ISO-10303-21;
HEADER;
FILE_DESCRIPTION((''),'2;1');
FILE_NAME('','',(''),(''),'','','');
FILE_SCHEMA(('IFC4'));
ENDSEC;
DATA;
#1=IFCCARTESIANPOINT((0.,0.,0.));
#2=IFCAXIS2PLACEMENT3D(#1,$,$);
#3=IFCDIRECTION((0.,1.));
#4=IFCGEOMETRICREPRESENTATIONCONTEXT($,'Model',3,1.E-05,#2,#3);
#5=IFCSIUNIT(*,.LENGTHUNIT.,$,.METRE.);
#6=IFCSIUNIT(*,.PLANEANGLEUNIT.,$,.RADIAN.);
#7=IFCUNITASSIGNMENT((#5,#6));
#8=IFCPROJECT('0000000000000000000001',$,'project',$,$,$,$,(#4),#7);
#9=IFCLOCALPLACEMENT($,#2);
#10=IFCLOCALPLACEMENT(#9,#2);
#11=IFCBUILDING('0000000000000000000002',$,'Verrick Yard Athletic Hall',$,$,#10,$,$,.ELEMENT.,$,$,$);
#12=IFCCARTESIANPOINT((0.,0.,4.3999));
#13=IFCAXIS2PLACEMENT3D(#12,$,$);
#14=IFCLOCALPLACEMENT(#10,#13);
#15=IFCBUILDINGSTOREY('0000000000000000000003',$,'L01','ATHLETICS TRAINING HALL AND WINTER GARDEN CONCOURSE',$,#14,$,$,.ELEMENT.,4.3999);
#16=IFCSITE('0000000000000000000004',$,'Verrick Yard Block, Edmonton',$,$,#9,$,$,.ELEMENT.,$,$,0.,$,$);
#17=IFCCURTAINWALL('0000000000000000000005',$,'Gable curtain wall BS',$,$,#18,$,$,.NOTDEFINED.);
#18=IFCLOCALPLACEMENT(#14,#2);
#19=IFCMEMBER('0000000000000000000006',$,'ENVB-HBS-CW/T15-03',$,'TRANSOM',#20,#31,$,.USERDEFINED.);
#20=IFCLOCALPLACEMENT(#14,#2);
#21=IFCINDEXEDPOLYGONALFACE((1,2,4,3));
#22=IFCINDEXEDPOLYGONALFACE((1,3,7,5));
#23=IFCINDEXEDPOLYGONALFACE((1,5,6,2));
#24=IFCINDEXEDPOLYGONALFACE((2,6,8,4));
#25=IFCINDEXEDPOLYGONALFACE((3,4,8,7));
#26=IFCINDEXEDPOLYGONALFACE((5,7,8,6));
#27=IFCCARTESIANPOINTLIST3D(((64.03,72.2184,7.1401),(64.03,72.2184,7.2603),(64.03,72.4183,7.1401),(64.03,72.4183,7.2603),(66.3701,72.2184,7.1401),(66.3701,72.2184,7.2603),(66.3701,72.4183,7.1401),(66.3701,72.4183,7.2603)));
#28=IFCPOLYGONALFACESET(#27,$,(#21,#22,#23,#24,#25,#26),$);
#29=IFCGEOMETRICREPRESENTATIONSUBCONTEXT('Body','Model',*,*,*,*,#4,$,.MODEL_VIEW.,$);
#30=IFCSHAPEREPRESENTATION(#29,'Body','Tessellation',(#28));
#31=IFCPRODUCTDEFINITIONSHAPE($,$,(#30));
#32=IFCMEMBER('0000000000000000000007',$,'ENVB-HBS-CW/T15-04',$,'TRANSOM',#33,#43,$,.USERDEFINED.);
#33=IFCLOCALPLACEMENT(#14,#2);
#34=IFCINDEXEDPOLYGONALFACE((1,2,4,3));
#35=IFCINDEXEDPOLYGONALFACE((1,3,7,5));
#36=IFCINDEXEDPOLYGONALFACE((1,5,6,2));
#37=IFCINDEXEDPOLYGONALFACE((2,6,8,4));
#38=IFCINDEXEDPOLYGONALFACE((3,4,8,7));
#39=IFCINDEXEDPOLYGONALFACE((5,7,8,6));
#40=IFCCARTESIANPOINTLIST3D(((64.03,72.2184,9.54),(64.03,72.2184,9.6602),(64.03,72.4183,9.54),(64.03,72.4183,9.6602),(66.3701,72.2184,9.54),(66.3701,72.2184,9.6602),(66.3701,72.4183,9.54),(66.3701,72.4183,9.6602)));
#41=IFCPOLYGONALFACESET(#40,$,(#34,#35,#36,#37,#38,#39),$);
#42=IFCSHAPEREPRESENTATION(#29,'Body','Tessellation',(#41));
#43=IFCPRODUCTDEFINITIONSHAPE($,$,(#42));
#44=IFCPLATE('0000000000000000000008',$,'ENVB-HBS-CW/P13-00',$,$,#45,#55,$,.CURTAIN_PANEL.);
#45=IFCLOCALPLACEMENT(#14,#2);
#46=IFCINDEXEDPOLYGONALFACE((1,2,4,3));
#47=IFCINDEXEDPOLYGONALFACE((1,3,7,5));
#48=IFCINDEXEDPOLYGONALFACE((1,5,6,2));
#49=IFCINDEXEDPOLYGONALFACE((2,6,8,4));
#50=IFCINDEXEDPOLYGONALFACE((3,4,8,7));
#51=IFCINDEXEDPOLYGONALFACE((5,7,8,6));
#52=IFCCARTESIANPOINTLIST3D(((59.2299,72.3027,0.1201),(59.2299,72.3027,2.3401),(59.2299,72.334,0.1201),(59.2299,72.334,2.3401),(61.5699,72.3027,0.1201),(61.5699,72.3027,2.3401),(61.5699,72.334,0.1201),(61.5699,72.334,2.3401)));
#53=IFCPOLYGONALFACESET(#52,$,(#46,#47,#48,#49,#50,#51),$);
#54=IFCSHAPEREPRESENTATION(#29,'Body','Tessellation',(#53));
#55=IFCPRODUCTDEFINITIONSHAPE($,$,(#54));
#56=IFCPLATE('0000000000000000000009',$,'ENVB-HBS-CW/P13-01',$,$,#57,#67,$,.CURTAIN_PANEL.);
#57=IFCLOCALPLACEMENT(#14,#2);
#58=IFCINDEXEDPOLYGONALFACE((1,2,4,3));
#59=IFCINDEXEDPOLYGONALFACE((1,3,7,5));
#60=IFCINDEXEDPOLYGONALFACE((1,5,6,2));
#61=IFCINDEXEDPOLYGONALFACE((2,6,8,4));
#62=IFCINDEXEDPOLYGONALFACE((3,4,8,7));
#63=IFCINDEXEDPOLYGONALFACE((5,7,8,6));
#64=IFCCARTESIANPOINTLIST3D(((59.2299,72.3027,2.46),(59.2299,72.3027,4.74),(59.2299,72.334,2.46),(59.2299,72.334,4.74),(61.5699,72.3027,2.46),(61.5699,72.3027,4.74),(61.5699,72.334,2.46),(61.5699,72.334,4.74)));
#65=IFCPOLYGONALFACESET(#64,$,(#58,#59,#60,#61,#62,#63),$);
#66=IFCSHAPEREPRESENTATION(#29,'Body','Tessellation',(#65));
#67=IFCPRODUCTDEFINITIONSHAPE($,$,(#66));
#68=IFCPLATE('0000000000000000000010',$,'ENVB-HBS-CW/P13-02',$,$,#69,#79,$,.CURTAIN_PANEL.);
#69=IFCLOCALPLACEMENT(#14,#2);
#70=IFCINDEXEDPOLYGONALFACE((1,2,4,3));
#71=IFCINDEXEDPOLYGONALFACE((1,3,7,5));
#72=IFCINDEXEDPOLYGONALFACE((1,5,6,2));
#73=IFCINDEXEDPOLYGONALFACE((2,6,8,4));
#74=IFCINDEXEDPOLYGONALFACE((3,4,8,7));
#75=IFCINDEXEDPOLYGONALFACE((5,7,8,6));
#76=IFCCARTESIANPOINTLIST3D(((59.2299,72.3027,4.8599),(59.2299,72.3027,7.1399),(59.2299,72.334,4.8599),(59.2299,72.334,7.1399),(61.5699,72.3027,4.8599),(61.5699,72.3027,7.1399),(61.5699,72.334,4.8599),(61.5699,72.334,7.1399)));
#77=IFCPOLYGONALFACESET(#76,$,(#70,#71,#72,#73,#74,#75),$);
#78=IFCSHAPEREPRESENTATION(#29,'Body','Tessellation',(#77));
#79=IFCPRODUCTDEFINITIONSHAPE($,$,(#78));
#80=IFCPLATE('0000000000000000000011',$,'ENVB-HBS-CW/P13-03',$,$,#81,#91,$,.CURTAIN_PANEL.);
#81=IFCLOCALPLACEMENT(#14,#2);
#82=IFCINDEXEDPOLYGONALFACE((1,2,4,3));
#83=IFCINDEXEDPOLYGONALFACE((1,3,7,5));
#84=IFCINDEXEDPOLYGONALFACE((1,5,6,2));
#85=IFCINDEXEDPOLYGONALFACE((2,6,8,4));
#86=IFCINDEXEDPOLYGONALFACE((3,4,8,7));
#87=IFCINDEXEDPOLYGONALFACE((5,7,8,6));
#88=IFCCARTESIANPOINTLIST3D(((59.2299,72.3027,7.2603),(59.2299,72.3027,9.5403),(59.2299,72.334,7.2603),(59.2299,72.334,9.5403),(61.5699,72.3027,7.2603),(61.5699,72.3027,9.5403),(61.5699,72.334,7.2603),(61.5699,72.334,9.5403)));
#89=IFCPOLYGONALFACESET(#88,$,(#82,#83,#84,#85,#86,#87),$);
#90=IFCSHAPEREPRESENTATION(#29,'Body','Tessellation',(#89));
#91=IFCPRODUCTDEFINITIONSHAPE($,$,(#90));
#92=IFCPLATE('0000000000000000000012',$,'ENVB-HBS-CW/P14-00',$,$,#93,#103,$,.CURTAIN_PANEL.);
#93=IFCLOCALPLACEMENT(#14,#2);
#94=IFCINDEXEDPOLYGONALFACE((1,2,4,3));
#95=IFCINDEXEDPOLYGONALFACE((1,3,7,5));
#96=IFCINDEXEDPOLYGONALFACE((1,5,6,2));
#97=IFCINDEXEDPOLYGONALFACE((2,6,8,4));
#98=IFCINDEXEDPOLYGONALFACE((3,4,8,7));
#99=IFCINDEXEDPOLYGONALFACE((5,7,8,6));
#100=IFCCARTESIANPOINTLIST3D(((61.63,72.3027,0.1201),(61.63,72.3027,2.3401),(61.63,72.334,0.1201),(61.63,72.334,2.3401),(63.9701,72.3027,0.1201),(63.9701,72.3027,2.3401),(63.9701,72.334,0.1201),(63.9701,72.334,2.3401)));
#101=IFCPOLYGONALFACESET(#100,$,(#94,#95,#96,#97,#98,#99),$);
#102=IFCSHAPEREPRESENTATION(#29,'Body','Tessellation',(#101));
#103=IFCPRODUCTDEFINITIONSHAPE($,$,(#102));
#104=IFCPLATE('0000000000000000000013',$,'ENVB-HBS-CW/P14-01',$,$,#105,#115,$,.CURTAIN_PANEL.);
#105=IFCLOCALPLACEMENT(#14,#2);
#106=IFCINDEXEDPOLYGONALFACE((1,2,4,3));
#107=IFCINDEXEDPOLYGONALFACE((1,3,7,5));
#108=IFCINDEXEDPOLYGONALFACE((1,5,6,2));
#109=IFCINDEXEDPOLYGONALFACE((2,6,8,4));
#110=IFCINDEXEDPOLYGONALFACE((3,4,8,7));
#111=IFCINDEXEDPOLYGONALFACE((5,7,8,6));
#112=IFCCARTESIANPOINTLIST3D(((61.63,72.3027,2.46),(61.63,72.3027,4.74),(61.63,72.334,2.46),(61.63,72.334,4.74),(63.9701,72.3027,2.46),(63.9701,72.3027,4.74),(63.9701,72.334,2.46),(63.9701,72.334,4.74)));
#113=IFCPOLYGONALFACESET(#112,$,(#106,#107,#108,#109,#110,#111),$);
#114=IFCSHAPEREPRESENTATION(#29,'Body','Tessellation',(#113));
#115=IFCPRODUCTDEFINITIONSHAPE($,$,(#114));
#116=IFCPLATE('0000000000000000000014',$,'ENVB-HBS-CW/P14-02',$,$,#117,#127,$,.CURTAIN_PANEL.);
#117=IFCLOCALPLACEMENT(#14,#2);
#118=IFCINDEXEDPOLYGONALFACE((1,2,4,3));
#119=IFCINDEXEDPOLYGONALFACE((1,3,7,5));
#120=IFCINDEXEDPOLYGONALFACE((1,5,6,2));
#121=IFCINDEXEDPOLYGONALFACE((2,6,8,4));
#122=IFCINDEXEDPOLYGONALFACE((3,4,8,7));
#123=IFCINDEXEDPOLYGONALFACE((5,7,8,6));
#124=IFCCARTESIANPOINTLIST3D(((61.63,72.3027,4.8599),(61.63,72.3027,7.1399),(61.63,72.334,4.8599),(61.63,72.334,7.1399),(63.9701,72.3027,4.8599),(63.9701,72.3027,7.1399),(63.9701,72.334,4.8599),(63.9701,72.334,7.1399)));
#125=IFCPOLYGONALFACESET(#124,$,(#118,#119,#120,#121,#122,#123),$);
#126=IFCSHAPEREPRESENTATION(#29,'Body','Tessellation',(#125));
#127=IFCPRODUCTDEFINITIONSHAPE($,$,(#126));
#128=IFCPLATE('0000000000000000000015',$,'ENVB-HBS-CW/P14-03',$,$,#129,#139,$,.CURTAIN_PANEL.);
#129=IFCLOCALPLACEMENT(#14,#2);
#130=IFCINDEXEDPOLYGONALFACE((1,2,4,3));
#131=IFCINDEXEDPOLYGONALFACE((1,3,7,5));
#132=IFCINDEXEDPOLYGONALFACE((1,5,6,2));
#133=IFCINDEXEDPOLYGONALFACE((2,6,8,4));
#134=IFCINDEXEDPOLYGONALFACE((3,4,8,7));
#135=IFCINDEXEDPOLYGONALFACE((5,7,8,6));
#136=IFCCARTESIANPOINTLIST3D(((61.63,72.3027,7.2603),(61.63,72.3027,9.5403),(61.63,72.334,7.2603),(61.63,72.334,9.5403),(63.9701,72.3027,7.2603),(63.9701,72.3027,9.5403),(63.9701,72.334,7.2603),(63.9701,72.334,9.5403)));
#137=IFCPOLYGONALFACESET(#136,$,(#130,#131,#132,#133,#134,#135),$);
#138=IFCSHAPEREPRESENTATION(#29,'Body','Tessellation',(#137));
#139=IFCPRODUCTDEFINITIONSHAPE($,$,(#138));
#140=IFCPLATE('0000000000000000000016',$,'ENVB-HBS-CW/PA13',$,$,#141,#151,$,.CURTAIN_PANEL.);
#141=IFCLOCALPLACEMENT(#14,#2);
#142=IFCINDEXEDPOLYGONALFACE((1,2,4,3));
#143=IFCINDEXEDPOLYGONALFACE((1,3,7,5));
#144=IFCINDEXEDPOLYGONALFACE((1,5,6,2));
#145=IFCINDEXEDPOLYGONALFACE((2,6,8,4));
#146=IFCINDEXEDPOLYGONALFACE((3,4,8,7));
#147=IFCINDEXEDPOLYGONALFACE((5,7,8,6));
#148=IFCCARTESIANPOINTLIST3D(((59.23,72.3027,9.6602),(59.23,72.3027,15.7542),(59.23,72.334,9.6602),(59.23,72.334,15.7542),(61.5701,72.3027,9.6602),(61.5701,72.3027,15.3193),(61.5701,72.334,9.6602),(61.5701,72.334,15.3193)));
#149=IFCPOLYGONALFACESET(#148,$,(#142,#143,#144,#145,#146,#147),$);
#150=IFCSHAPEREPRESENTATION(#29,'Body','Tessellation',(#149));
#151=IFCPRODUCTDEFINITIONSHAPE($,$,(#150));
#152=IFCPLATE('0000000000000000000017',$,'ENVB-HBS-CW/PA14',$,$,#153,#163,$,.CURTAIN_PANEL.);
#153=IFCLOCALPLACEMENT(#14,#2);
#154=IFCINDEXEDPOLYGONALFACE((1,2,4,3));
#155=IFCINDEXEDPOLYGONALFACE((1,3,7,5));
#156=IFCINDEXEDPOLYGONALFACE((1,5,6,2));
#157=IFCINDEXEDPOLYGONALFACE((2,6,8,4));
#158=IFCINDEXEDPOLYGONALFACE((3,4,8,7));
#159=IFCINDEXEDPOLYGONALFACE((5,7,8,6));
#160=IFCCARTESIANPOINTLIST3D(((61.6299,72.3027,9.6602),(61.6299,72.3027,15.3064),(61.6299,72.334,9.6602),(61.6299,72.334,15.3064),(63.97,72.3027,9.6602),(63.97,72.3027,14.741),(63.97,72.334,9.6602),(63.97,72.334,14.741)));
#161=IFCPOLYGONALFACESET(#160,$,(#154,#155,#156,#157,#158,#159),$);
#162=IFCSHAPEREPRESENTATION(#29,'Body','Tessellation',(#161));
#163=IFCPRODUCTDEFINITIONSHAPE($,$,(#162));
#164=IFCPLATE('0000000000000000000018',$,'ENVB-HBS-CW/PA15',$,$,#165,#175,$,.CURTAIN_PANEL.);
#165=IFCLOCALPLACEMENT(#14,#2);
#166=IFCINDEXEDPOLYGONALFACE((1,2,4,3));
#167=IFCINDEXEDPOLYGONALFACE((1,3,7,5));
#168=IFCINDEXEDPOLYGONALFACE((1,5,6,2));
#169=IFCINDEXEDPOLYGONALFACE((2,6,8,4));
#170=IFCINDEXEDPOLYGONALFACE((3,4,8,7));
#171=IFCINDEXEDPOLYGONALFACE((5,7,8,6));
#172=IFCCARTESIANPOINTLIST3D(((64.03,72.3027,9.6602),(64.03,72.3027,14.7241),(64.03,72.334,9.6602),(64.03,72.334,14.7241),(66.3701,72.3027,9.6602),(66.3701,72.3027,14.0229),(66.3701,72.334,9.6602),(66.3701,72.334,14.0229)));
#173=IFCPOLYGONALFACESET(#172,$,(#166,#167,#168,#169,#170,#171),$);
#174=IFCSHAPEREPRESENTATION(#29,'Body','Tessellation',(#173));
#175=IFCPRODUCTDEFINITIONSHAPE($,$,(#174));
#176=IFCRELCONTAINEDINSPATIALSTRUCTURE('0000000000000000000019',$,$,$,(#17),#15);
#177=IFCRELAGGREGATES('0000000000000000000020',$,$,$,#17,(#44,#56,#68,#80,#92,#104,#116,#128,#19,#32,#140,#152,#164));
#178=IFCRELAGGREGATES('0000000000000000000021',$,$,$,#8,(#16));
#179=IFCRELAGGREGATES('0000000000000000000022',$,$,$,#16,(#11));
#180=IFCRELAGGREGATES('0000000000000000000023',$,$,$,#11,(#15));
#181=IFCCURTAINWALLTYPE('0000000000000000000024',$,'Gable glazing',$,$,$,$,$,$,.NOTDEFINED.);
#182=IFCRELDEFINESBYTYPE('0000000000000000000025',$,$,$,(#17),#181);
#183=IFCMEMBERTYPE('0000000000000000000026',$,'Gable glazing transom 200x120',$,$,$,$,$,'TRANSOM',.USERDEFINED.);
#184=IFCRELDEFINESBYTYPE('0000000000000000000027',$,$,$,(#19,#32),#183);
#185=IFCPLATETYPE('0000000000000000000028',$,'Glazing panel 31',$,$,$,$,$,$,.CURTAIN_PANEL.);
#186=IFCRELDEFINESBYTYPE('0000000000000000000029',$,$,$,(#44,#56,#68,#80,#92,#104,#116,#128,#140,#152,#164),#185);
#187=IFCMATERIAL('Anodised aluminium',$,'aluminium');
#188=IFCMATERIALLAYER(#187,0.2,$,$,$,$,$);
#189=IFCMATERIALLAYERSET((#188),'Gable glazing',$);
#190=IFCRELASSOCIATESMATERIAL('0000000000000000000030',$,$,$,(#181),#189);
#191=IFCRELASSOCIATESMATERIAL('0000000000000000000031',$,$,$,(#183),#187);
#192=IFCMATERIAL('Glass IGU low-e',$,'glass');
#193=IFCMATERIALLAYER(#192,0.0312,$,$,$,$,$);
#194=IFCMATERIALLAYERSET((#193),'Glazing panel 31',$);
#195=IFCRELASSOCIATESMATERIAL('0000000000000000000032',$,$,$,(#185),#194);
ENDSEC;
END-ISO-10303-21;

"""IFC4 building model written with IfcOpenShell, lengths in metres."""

from ifc_helpers import new_model, si_unit, direction, frame, origin, origin_2d, place, context, subcontext, project, spatial, polyline, rectangle, outline, extrude, material, layer, layer_set, material_profile, profile_set, type_object, element, aggregate, save


model = new_model("IFC4")

# Units and contexts
model_context = context("Model", 3, precision=1e-05, world=origin(), true_north=direction((0.0, 1.0)))
body_context = subcontext(model_context, "Body", "Model", "MODEL_VIEW")
ifc_project = project(units=[si_unit("LENGTHUNIT", "METRE"), si_unit("PLANEANGLEUNIT", "RADIAN")], contexts=[model_context])

# Site, building, storey
site_placement = place(None, origin())
site = spatial("IfcSite", under=ifc_project, at=site_placement, Name="Verrick Yard Block, Edmonton", CompositionType="ELEMENT", RefElevation=0.0)
building_placement = place(site_placement, origin())
building = spatial("IfcBuilding", under=site, at=building_placement, Name="Verrick Yard Athletic Hall", CompositionType="ELEMENT")
storey_placement = place(building_placement, frame((0.0, 0.0, 4.3999)))
storey = spatial("IfcBuildingStorey", under=building, at=storey_placement, Name="L01", Description="ATHLETICS TRAINING HALL AND WINTER GARDEN CONCOURSE", CompositionType="ELEMENT", Elevation=4.3999)

# Curtain wall, members, plates
ifc_material_1 = material(Name="Anodised aluminium", Category="aluminium")
ifc_layer_1 = layer(ifc_material_1, 0.2)
ifc_layer_set_1 = layer_set([ifc_layer_1], Name="Gable glazing")
curtain_wall_type = type_object("IfcCurtainWallType", Name="Gable glazing", PredefinedType="NOTDEFINED", material=ifc_layer_set_1)
curtain_wall_placement = place(storey_placement, origin())
curtain_wall = element("IfcCurtainWall", 1, at=curtain_wall_placement, inside=storey, type_object=curtain_wall_type, Name="Gable curtain wall BS", PredefinedType="NOTDEFINED")
ifc_material_profile_1 = material_profile(ifc_material_1, rectangle(XDim=0.2, YDim=0.1201, at=origin_2d()), Name="CW gable transom 200x120")
ifc_profile_set_1 = profile_set([ifc_material_profile_1], Name="Anodised aluminium")
member_type_1 = type_object("IfcMemberType", Name="Gable glazing transom 200x120", ElementType="TRANSOM", PredefinedType="USERDEFINED", material=ifc_profile_set_1)
member_1_placement = place(storey_placement, frame((64.03, 72.3184, 7.2002), z_axis=(1.0, 0.0, 0.0), x_axis=(0.0, 1.0, 0.0)))
member_1 = element("IfcMember", 2, at=member_1_placement, type_object=member_type_1, Name="ENVB-HBS-CW/T15-03", ObjectType="TRANSOM", PredefinedType="USERDEFINED", context=body_context, shape_type="SweptSolid", body=[
    extrude(rectangle(XDim=0.2, YDim=0.1201, at=origin_2d()), origin(), (0.0, 0.0, 1.0), 2.3401),
])
member_2_placement = place(storey_placement, frame((64.03, 72.3184, 9.6001), z_axis=(1.0, 0.0, 0.0), x_axis=(0.0, 1.0, 0.0)))
member_2 = element("IfcMember", 3, at=member_2_placement, type_object=member_type_1, Name="ENVB-HBS-CW/T15-04", ObjectType="TRANSOM", PredefinedType="USERDEFINED", context=body_context, shape_type="SweptSolid", body=[
    extrude(rectangle(XDim=0.2, YDim=0.1201, at=origin_2d()), origin(), (0.0, 0.0, 1.0), 2.3401),
])
ifc_material_2 = material(Name="Glass IGU low-e", Category="glass")
ifc_layer_2 = layer(ifc_material_2, 0.0312)
ifc_layer_set_2 = layer_set([ifc_layer_2], Name="Glazing panel 31")
plate_type = type_object("IfcPlateType", Name="Glazing panel 31", PredefinedType="CURTAIN_PANEL", material=ifc_layer_set_2)
plate_1_placement = place(storey_placement, frame((60.3999, 72.3184, 0.1201), z_axis=(0.0, 0.0, 1.0), x_axis=(1.0, 0.0, 0.0)))
plate_1 = element("IfcPlate", 4, at=plate_1_placement, type_object=plate_type, Name="ENVB-HBS-CW/P13-00", PredefinedType="CURTAIN_PANEL", context=body_context, shape_type="SweptSolid", body=[
    extrude(rectangle(XDim=2.3401, YDim=0.0312, at=origin_2d()), origin(), (0.0, 0.0, 1.0), 2.22),
])
plate_2_placement = place(storey_placement, frame((60.3999, 72.3184, 2.46), z_axis=(0.0, 0.0, 1.0), x_axis=(1.0, 0.0, 0.0)))
plate_2 = element("IfcPlate", 5, at=plate_2_placement, type_object=plate_type, Name="ENVB-HBS-CW/P13-01", PredefinedType="CURTAIN_PANEL", context=body_context, shape_type="SweptSolid", body=[
    extrude(rectangle(XDim=2.3401, YDim=0.0312, at=origin_2d()), origin(), (0.0, 0.0, 1.0), 2.28),
])
plate_3_placement = place(storey_placement, frame((60.3999, 72.3184, 4.8599), z_axis=(0.0, 0.0, 1.0), x_axis=(1.0, 0.0, 0.0)))
plate_3 = element("IfcPlate", 6, at=plate_3_placement, type_object=plate_type, Name="ENVB-HBS-CW/P13-02", PredefinedType="CURTAIN_PANEL", context=body_context, shape_type="SweptSolid", body=[
    extrude(rectangle(XDim=2.3401, YDim=0.0312, at=origin_2d()), origin(), (0.0, 0.0, 1.0), 2.28),
])
plate_4_placement = place(storey_placement, frame((60.3999, 72.3184, 7.2603), z_axis=(0.0, 0.0, 1.0), x_axis=(1.0, 0.0, 0.0)))
plate_4 = element("IfcPlate", 7, at=plate_4_placement, type_object=plate_type, Name="ENVB-HBS-CW/P13-03", PredefinedType="CURTAIN_PANEL", context=body_context, shape_type="SweptSolid", body=[
    extrude(rectangle(XDim=2.3401, YDim=0.0312, at=origin_2d()), origin(), (0.0, 0.0, 1.0), 2.28),
])
plate_5_placement = place(storey_placement, frame((62.8, 72.3184, 0.1201), z_axis=(0.0, 0.0, 1.0), x_axis=(1.0, 0.0, 0.0)))
plate_5 = element("IfcPlate", 8, at=plate_5_placement, type_object=plate_type, Name="ENVB-HBS-CW/P14-00", PredefinedType="CURTAIN_PANEL", context=body_context, shape_type="SweptSolid", body=[
    extrude(rectangle(XDim=2.3401, YDim=0.0312, at=origin_2d()), origin(), (0.0, 0.0, 1.0), 2.22),
])
plate_6_placement = place(storey_placement, frame((62.8, 72.3184, 2.46), z_axis=(0.0, 0.0, 1.0), x_axis=(1.0, 0.0, 0.0)))
plate_6 = element("IfcPlate", 9, at=plate_6_placement, type_object=plate_type, Name="ENVB-HBS-CW/P14-01", PredefinedType="CURTAIN_PANEL", context=body_context, shape_type="SweptSolid", body=[
    extrude(rectangle(XDim=2.3401, YDim=0.0312, at=origin_2d()), origin(), (0.0, 0.0, 1.0), 2.28),
])
plate_7_placement = place(storey_placement, frame((62.8, 72.3184, 4.8599), z_axis=(0.0, 0.0, 1.0), x_axis=(1.0, 0.0, 0.0)))
plate_7 = element("IfcPlate", 10, at=plate_7_placement, type_object=plate_type, Name="ENVB-HBS-CW/P14-02", PredefinedType="CURTAIN_PANEL", context=body_context, shape_type="SweptSolid", body=[
    extrude(rectangle(XDim=2.3401, YDim=0.0312, at=origin_2d()), origin(), (0.0, 0.0, 1.0), 2.28),
])
plate_8_placement = place(storey_placement, frame((62.8, 72.3184, 7.2603), z_axis=(0.0, 0.0, 1.0), x_axis=(1.0, 0.0, 0.0)))
plate_8 = element("IfcPlate", 11, at=plate_8_placement, type_object=plate_type, Name="ENVB-HBS-CW/P14-03", PredefinedType="CURTAIN_PANEL", context=body_context, shape_type="SweptSolid", body=[
    extrude(rectangle(XDim=2.3401, YDim=0.0312, at=origin_2d()), origin(), (0.0, 0.0, 1.0), 2.28),
])
plate_9_placement = place(storey_placement, frame((59.23, 72.3184, 9.6602), z_axis=(0.0, 0.0, 1.0), x_axis=(1.0, 0.0, 0.0)))
plate_9 = element("IfcPlate", 12, at=plate_9_placement, type_object=plate_type, Name="ENVB-HBS-CW/PA13", PredefinedType="CURTAIN_PANEL", context=body_context, shape_type="SweptSolid", body=[
    extrude(outline(polyline([(0.0, 6.094), (2.3401, 5.6592), (2.3401, 0.0), (0.0, 0.0), (0.0, 6.094)])), frame((0.0, 0.0156, 0.0), z_axis=(0.0, -1.0, 0.0), x_axis=(1.0, 0.0, 0.0)), (0.0, 0.0, 1.0), 0.0312),
])
plate_10_placement = place(storey_placement, frame((61.6299, 72.3184, 9.6602), z_axis=(0.0, 0.0, 1.0), x_axis=(1.0, 0.0, 0.0)))
plate_10 = element("IfcPlate", 13, at=plate_10_placement, type_object=plate_type, Name="ENVB-HBS-CW/PA14", PredefinedType="CURTAIN_PANEL", context=body_context, shape_type="SweptSolid", body=[
    extrude(outline(polyline([(0.0, 5.6462), (2.3401, 5.0808), (2.3401, 0.0), (0.0, 0.0), (0.0, 5.6462)])), frame((0.0, 0.0156, 0.0), z_axis=(0.0, -1.0, 0.0), x_axis=(1.0, 0.0, 0.0)), (0.0, 0.0, 1.0), 0.0312),
])
plate_11_placement = place(storey_placement, frame((64.03, 72.3184, 9.6602), z_axis=(0.0, 0.0, 1.0), x_axis=(1.0, 0.0, 0.0)))
plate_11 = element("IfcPlate", 14, at=plate_11_placement, type_object=plate_type, Name="ENVB-HBS-CW/PA15", PredefinedType="CURTAIN_PANEL", context=body_context, shape_type="SweptSolid", body=[
    extrude(outline(polyline([(0.0, 5.064), (2.3401, 4.3628), (2.3401, 0.0), (0.0, 0.0), (0.0, 5.064)])), frame((0.0, 0.0156, 0.0), z_axis=(0.0, -1.0, 0.0), x_axis=(1.0, 0.0, 0.0)), (0.0, 0.0, 1.0), 0.0312),
])
aggregate(curtain_wall, [plate_1, plate_2, plate_3, plate_4, plate_5, plate_6, plate_7, plate_8, member_1, member_2, plate_9, plate_10, plate_11])

save(model, "model.ifc")
